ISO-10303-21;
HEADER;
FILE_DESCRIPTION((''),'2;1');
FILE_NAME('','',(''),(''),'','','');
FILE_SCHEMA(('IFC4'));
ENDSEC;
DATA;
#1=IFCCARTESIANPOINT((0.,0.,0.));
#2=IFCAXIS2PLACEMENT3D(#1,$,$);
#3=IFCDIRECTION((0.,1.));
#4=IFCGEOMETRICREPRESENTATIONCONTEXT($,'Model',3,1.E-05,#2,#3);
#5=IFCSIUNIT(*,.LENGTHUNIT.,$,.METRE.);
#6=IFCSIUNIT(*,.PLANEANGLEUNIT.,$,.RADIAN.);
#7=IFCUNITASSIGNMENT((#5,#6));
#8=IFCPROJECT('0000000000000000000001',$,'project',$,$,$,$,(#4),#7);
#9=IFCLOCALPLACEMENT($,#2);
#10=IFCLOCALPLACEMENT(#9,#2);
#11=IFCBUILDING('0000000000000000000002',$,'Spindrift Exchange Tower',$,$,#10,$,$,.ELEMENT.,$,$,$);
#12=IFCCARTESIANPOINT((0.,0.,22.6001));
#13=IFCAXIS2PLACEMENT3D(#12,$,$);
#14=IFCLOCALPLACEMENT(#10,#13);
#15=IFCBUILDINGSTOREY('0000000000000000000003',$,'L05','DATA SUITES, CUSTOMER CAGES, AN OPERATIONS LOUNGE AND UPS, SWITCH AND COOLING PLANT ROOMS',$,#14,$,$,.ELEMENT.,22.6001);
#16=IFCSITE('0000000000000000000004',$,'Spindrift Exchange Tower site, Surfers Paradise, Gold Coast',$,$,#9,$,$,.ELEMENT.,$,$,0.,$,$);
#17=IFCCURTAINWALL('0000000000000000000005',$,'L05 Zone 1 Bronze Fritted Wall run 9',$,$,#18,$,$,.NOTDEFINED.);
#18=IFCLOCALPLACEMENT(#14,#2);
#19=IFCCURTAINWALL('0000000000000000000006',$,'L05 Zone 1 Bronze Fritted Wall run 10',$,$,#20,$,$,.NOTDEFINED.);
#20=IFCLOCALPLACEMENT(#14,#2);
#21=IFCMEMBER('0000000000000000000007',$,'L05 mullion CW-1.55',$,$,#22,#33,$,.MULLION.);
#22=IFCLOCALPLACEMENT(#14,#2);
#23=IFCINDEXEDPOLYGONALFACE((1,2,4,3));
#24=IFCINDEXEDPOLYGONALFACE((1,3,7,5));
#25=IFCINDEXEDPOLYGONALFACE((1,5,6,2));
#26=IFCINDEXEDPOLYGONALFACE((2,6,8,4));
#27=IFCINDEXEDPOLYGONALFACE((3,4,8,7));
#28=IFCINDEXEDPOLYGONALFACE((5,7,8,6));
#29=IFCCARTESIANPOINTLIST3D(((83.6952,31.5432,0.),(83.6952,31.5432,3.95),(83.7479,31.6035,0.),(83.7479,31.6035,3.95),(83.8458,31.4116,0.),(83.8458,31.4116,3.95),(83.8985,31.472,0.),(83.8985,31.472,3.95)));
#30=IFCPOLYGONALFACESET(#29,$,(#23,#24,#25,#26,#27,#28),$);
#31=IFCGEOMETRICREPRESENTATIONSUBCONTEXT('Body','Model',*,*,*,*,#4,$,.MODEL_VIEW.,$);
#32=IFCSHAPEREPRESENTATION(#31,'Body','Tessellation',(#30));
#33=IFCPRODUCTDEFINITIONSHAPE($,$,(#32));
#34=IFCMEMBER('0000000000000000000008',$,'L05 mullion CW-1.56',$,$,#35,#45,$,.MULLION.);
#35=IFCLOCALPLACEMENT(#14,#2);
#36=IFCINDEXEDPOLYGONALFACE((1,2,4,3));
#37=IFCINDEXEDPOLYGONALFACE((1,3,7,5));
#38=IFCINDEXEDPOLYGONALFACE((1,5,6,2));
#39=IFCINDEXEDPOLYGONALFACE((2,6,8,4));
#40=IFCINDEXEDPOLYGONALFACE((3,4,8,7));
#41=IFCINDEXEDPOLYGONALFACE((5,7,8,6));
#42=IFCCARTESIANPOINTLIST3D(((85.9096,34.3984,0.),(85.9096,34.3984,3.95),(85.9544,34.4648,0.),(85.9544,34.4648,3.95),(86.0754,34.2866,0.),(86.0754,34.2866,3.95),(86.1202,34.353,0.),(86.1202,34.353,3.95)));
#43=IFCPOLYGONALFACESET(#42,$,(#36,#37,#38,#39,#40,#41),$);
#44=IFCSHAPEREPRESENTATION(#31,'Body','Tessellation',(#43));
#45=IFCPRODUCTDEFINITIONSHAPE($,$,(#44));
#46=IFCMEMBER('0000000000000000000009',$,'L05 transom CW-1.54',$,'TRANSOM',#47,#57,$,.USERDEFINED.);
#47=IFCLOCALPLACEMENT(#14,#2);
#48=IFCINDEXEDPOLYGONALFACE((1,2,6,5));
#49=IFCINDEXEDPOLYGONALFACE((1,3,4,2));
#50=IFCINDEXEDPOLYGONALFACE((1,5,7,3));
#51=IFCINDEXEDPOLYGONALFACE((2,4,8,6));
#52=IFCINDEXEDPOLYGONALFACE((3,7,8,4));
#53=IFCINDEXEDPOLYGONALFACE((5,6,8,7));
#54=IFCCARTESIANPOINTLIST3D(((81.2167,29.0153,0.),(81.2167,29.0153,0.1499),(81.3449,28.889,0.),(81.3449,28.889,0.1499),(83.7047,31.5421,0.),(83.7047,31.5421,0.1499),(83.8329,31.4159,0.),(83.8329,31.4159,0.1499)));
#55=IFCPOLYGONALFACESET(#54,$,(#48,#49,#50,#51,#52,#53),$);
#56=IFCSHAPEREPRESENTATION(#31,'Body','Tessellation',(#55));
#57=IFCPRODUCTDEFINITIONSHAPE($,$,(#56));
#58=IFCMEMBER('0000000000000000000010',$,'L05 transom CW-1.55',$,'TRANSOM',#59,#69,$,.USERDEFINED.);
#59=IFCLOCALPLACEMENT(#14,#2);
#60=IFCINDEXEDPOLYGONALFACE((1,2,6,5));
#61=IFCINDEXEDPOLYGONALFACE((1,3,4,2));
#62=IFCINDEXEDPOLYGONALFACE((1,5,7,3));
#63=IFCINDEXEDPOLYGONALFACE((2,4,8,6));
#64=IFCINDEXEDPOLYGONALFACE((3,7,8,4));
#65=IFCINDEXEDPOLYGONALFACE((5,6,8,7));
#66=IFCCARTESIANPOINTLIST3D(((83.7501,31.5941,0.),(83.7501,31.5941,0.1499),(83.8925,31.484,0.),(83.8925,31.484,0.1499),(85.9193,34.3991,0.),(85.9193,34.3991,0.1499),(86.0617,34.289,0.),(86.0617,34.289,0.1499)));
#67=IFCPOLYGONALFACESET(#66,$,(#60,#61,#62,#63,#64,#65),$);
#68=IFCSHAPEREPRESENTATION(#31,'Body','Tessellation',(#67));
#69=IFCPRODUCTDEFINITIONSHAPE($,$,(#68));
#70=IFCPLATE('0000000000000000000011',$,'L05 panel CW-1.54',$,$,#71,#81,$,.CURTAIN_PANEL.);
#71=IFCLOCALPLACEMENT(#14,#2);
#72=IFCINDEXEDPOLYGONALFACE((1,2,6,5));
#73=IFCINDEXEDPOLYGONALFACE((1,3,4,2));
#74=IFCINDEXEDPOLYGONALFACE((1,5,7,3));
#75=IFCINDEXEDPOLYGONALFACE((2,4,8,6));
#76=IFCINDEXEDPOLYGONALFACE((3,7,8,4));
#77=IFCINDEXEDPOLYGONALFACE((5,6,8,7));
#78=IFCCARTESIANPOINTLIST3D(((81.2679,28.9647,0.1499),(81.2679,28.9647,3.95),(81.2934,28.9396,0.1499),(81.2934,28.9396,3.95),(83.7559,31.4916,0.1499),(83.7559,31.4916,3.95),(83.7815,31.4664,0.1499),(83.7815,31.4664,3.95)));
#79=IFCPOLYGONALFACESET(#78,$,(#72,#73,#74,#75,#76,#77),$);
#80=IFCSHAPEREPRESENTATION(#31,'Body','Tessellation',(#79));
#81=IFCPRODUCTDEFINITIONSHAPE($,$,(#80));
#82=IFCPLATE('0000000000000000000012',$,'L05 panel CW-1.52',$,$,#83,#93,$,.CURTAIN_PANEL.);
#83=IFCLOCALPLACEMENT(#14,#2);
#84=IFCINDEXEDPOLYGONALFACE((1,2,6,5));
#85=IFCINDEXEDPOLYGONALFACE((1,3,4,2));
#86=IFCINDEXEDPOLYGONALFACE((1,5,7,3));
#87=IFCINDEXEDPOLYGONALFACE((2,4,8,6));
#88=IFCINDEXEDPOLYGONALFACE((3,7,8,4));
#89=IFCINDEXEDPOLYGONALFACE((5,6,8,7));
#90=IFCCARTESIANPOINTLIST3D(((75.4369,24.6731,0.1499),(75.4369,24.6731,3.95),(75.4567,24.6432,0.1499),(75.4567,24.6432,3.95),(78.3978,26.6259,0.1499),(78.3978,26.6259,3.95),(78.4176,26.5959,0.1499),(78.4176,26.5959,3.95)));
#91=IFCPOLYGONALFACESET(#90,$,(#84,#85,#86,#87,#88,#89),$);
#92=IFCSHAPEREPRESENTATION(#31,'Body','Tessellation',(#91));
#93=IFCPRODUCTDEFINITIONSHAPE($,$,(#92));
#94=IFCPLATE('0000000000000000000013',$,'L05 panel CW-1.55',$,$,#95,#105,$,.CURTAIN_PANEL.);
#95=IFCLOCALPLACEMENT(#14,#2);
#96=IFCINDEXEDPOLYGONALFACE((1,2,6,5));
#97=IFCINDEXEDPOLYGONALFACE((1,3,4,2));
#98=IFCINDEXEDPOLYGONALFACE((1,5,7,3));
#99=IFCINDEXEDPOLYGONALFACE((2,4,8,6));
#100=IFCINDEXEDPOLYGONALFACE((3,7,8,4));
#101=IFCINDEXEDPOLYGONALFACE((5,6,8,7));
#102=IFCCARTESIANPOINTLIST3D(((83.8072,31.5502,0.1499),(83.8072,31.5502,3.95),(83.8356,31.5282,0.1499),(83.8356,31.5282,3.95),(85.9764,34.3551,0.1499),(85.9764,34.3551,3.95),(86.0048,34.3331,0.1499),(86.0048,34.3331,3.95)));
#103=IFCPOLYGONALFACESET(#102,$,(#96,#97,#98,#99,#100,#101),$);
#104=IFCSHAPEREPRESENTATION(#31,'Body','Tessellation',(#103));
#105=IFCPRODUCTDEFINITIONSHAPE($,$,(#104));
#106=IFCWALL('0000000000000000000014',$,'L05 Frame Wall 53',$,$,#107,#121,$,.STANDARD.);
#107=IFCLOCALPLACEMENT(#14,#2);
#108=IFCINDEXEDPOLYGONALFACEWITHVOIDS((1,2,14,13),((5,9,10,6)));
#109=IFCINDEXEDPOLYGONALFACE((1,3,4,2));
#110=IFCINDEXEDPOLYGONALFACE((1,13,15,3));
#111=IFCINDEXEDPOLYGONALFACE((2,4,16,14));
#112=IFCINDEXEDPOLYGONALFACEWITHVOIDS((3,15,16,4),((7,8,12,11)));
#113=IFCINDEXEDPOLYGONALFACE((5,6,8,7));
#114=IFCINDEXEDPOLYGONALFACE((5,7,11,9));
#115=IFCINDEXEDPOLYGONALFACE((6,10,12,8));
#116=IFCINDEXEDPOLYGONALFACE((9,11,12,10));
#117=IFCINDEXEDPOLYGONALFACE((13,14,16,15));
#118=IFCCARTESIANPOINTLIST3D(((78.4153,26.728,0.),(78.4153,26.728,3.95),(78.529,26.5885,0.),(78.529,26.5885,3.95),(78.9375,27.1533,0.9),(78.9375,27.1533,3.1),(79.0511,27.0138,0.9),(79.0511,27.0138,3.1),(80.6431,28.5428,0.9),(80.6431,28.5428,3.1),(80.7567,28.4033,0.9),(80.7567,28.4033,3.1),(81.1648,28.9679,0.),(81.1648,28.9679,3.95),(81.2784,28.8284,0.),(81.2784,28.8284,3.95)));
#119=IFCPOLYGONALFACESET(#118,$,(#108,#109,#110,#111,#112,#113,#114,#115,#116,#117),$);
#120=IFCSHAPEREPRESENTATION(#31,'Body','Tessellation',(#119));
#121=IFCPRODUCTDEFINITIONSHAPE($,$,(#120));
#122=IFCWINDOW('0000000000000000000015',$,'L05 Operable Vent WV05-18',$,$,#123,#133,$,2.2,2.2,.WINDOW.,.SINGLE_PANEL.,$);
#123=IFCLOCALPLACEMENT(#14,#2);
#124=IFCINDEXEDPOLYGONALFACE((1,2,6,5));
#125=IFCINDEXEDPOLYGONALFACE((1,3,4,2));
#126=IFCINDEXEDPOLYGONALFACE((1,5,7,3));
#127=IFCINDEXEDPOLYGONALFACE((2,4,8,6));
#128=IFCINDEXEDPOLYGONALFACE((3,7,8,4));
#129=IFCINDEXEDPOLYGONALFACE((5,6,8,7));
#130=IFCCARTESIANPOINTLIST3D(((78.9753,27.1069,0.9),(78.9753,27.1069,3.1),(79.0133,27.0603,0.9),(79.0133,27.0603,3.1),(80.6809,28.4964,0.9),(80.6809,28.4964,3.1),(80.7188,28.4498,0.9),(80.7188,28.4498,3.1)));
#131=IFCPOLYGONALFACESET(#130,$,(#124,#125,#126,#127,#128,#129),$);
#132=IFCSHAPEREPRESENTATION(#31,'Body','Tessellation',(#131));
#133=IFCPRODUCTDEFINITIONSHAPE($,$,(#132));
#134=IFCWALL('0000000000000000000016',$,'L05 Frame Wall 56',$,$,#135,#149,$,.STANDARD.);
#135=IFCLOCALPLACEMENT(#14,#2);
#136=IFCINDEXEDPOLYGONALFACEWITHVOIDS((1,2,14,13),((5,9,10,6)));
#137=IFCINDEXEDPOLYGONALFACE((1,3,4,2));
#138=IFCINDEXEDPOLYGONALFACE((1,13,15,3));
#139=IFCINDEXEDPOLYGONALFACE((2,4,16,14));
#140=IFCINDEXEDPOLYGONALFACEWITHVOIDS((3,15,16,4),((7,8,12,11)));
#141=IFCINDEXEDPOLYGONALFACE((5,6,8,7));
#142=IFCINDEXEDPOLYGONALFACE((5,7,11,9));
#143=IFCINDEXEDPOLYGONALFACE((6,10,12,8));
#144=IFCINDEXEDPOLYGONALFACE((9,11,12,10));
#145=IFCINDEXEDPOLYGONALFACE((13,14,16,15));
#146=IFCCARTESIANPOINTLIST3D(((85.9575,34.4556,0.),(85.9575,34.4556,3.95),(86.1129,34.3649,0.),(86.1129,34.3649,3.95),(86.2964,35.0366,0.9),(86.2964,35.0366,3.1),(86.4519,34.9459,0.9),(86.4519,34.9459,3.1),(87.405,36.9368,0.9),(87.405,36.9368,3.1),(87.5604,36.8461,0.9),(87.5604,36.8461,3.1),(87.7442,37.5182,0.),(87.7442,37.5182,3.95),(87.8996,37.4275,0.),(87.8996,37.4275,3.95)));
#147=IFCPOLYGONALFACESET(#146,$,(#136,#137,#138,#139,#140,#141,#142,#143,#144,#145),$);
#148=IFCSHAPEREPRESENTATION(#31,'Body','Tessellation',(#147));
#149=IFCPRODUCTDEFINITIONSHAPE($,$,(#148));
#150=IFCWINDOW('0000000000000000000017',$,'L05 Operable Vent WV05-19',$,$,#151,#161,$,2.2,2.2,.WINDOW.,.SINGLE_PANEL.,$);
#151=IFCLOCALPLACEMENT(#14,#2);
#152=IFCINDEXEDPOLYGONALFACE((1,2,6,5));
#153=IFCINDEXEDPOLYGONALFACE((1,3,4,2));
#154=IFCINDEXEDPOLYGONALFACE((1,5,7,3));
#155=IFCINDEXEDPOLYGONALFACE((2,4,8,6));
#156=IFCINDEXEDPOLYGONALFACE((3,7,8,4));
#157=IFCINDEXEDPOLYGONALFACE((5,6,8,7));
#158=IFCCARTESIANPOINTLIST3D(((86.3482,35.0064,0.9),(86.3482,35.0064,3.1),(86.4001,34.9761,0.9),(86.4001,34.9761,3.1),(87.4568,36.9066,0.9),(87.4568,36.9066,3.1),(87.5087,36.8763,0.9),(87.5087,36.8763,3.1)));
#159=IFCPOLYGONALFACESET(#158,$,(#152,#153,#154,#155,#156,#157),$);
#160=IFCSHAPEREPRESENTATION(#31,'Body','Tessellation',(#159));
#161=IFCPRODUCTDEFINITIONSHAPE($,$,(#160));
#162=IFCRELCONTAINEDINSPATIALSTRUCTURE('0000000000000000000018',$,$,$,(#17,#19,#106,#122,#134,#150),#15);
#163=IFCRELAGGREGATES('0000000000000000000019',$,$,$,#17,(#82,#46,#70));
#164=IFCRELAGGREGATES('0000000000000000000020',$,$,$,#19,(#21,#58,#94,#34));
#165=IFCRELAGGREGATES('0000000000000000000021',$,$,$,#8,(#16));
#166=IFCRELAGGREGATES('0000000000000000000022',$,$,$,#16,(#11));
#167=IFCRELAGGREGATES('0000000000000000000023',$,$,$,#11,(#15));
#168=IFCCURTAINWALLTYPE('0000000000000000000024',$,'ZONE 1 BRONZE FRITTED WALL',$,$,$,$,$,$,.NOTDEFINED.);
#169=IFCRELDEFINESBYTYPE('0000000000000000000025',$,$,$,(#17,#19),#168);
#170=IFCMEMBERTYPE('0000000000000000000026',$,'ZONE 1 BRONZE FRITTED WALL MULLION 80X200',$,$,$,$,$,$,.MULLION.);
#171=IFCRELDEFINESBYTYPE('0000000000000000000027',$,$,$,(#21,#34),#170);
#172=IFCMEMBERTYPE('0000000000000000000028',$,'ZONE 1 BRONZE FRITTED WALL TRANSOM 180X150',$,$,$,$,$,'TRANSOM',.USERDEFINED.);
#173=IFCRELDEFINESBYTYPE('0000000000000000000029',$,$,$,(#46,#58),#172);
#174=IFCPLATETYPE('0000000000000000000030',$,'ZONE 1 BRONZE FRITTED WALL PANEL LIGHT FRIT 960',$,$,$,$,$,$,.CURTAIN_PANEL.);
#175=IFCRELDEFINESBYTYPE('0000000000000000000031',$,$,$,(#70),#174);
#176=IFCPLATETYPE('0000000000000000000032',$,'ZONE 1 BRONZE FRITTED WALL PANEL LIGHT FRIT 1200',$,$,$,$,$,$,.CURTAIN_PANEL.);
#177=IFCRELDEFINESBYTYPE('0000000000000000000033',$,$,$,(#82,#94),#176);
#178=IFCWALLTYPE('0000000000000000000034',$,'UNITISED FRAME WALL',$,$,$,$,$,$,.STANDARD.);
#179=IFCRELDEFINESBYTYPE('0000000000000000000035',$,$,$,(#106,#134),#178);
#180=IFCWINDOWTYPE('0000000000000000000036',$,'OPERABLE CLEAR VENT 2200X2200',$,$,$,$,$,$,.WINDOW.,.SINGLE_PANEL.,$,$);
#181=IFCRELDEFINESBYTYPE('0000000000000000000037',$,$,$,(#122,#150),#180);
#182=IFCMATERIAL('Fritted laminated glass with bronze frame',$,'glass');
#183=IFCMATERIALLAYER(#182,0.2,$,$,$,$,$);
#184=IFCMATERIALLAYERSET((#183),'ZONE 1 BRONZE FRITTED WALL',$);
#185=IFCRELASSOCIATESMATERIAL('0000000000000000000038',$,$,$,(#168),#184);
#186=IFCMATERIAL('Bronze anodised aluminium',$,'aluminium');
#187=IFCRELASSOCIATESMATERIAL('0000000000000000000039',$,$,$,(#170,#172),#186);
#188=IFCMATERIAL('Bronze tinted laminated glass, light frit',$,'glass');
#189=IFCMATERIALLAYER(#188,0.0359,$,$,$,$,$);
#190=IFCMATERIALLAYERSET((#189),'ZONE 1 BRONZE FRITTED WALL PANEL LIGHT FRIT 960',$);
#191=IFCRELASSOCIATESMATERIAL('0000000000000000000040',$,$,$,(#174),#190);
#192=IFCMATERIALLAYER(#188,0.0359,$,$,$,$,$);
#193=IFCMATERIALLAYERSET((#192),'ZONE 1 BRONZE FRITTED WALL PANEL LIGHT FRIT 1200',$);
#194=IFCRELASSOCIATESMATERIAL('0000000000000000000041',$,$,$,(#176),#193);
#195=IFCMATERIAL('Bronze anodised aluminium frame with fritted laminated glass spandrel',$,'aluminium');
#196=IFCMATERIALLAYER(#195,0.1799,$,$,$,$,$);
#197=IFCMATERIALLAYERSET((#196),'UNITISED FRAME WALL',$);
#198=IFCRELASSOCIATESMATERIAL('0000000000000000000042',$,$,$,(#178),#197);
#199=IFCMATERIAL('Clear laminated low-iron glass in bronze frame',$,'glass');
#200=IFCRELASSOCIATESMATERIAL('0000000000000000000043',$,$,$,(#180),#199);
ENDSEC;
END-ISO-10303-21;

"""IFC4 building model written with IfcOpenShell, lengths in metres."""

from ifc_helpers import new_model, si_unit, direction, frame, frame_2d, origin, origin_2d, place, context, subcontext, project, spatial, rectangle, extrude, source, transform, mapped, material, layer, layer_set, material_profile, profile_set, type_object, element, fill, aggregate, save


model = new_model("IFC4")

# Units and contexts
model_context = context("Model", 3, precision=1e-05, world=origin(), true_north=direction((0.0, 1.0)))
body_context = subcontext(model_context, "Body", "Model", "MODEL_VIEW")
ifc_project = project(units=[si_unit("LENGTHUNIT", "METRE"), si_unit("PLANEANGLEUNIT", "RADIAN")], contexts=[model_context])

# Site, building, storey
site_placement = place(None, origin())
site = spatial("IfcSite", under=ifc_project, at=site_placement, Name="Spindrift Exchange Tower site, Surfers Paradise, Gold Coast", CompositionType="ELEMENT", RefElevation=0.0)
building_placement = place(site_placement, origin())
building = spatial("IfcBuilding", under=site, at=building_placement, Name="Spindrift Exchange Tower", CompositionType="ELEMENT")
storey_placement = place(building_placement, frame((0.0, 0.0, 22.6001)))
storey = spatial("IfcBuildingStorey", under=building, at=storey_placement, Name="L05", Description="DATA SUITES, CUSTOMER CAGES, AN OPERATIONS LOUNGE AND UPS, SWITCH AND COOLING PLANT ROOMS", CompositionType="ELEMENT", Elevation=22.6001)

# Curtain walls, members
ifc_material_1 = material(Name="Fritted laminated glass with bronze frame", Category="glass")
ifc_layer_1 = layer(ifc_material_1, 0.2)
ifc_layer_set_1 = layer_set([ifc_layer_1], Name="ZONE 1 BRONZE FRITTED WALL")
curtain_wall_type = type_object("IfcCurtainWallType", Name="ZONE 1 BRONZE FRITTED WALL", PredefinedType="NOTDEFINED", material=ifc_layer_set_1)
curtain_wall_1_placement = place(storey_placement, origin())
curtain_wall_1 = element("IfcCurtainWall", 1, at=curtain_wall_1_placement, inside=storey, type_object=curtain_wall_type, Name="L05 Zone 1 Bronze Fritted Wall run 9", PredefinedType="NOTDEFINED")
ifc_material_2 = material(Name="Bronze anodised aluminium", Category="aluminium")
ifc_material_profile_1 = material_profile(ifc_material_2, rectangle(XDim=0.0801, YDim=0.2, at=origin_2d()), Name="ZONE 1 BRONZE FRITTED WALL MULLION 80X200")
ifc_profile_set_1 = profile_set([ifc_material_profile_1], Name="Bronze anodised aluminium")
member_type_1 = type_object("IfcMemberType", Name="ZONE 1 BRONZE FRITTED WALL MULLION 80X200", PredefinedType="MULLION", material=ifc_profile_set_1)
shared_shape_1 = source(origin(), body_context, "Body", "SweptSolid", [
    extrude(rectangle(XDim=0.0801, YDim=0.2, at=origin_2d()), origin(), (0.0, 0.0, 1.0), 3.95),
])
curtain_wall_2_placement = place(storey_placement, origin())
curtain_wall_2 = element("IfcCurtainWall", 2, at=curtain_wall_2_placement, inside=storey, type_object=curtain_wall_type, Name="L05 Zone 1 Bronze Fritted Wall run 10", PredefinedType="NOTDEFINED")
member_1_placement = place(storey_placement, frame((83.7969, 31.5076, 0.0), z_axis=(0.0, 0.0, 1.0), x_axis=(0.657862, 0.753139, 0.0)))
member_1 = element("IfcMember", 3, at=member_1_placement, type_object=member_type_1, Name="L05 mullion CW-1.55", PredefinedType="MULLION", context=body_context, shape_type="MappedRepresentation", body=[
    mapped(shared_shape_1, transform((0.0, 0.0, 0.0), scale=1.0)),
])
member_2_placement = place(storey_placement, frame((86.0149, 34.3757, 0.0), z_axis=(0.0, 0.0, 1.0), x_axis=(0.559039, 0.829141, 0.0)))
member_2 = element("IfcMember", 4, at=member_2_placement, type_object=member_type_1, Name="L05 mullion CW-1.56", PredefinedType="MULLION", context=body_context, shape_type="MappedRepresentation", body=[
    mapped(shared_shape_1, transform((0.0, 0.0, 0.0), scale=1.0)),
])

# Members
ifc_material_profile_2 = material_profile(ifc_material_2, rectangle(XDim=0.1799, YDim=0.1499, at=origin_2d()), Name="ZONE 1 BRONZE FRITTED WALL TRANSOM 180X150")
ifc_profile_set_2 = profile_set([ifc_material_profile_2], Name="Bronze anodised aluminium")
member_type_2 = type_object("IfcMemberType", Name="ZONE 1 BRONZE FRITTED WALL TRANSOM 180X150", ElementType="TRANSOM", PredefinedType="USERDEFINED", material=ifc_profile_set_2)
shared_shape_2 = source(origin(), body_context, "Body", "SweptSolid", [
    extrude(rectangle(XDim=0.1799, YDim=0.1499, at=origin_2d()), origin(), (0.0, 0.0, 1.0), 3.5461),
])
member_3_placement = place(storey_placement, frame((81.2808, 28.9521, 0.075), z_axis=(0.701612, 0.712559, 0.0), x_axis=(-0.712559, 0.701612, 0.0)))
member_3 = element("IfcMember", 5, at=member_3_placement, type_object=member_type_2, Name="L05 transom CW-1.54", ObjectType="TRANSOM", PredefinedType="USERDEFINED", context=body_context, shape_type="MappedRepresentation", body=[
    mapped(shared_shape_2, transform((0.0, 0.0, 0.0), scale=1.0)),
])
shared_shape_3 = source(origin(), body_context, "Body", "SweptSolid", [
    extrude(rectangle(XDim=0.1799, YDim=0.1499, at=origin_2d()), origin(), (0.0, 0.0, 1.0), 3.5459),
])
member_4_placement = place(storey_placement, frame((83.8213, 31.5391, 0.075), z_axis=(0.611755, 0.791047, 0.0), x_axis=(-0.791047, 0.611755, 0.0)))
member_4 = element("IfcMember", 6, at=member_4_placement, type_object=member_type_2, Name="L05 transom CW-1.55", ObjectType="TRANSOM", PredefinedType="USERDEFINED", context=body_context, shape_type="MappedRepresentation", body=[
    mapped(shared_shape_3, transform((0.0, 0.0, 0.0), scale=1.0)),
])

# Plates
ifc_material_3 = material(Name="Bronze tinted laminated glass, light frit", Category="glass")
ifc_layer_2 = layer(ifc_material_3, 0.0359)
ifc_layer_set_2 = layer_set([ifc_layer_2], Name="ZONE 1 BRONZE FRITTED WALL PANEL LIGHT FRIT 960")
plate_type_1 = type_object("IfcPlateType", Name="ZONE 1 BRONZE FRITTED WALL PANEL LIGHT FRIT 960", PredefinedType="CURTAIN_PANEL", material=ifc_layer_set_2)
shared_shape_4 = source(origin(), body_context, "Body", "SweptSolid", [
    extrude(rectangle(XDim=3.5461, YDim=0.0359, at=origin_2d()), origin(), (0.0, 0.0, 1.0), 3.8),
])
plate_1_placement = place(storey_placement, frame((82.5247, 30.2156, 0.1499), z_axis=(0.0, 0.0, 1.0), x_axis=(0.701611, 0.71256, 0.0)))
plate_1 = element("IfcPlate", 7, at=plate_1_placement, type_object=plate_type_1, Name="L05 panel CW-1.54", PredefinedType="CURTAIN_PANEL", context=body_context, shape_type="MappedRepresentation", body=[
    mapped(shared_shape_4, transform((0.0, 0.0, 0.0), scale=1.0)),
])
ifc_layer_3 = layer(ifc_material_3, 0.0359)
ifc_layer_set_3 = layer_set([ifc_layer_3], Name="ZONE 1 BRONZE FRITTED WALL PANEL LIGHT FRIT 1200")
plate_type_2 = type_object("IfcPlateType", Name="ZONE 1 BRONZE FRITTED WALL PANEL LIGHT FRIT 1200", PredefinedType="CURTAIN_PANEL", material=ifc_layer_set_3)
shared_shape_5 = source(origin(), body_context, "Body", "SweptSolid", [
    extrude(rectangle(XDim=3.5469, YDim=0.0359, at=origin_2d()), origin(), (0.0, 0.0, 1.0), 3.8),
])
plate_2_placement = place(storey_placement, frame((76.9272, 25.6345, 0.1499), z_axis=(0.0, 0.0, 1.0), x_axis=(0.834797, 0.550558, 0.0)))
plate_2 = element("IfcPlate", 8, at=plate_2_placement, type_object=plate_type_2, Name="L05 panel CW-1.52", PredefinedType="CURTAIN_PANEL", context=body_context, shape_type="MappedRepresentation", body=[
    mapped(shared_shape_5, transform((0.0, 0.0, 0.0), scale=1.0)),
])
aggregate(curtain_wall_1, [plate_2, member_3, plate_1])
shared_shape_6 = source(origin(), body_context, "Body", "SweptSolid", [
    extrude(rectangle(XDim=3.5459, YDim=0.0359, at=origin_2d()), origin(), (0.0, 0.0, 1.0), 3.8),
])
plate_3_placement = place(storey_placement, frame((84.906, 32.9417, 0.1499), z_axis=(0.0, 0.0, 1.0), x_axis=(0.611769, 0.791037, 0.0)))
plate_3 = element("IfcPlate", 9, at=plate_3_placement, type_object=plate_type_2, Name="L05 panel CW-1.55", PredefinedType="CURTAIN_PANEL", context=body_context, shape_type="MappedRepresentation", body=[
    mapped(shared_shape_6, transform((0.0, 0.0, 0.0), scale=1.0)),
])
aggregate(curtain_wall_2, [member_1, member_4, plate_3, member_2])

# Walls, openings, windows
ifc_material_4 = material(Name="Bronze anodised aluminium frame with fritted laminated glass spandrel", Category="aluminium")
ifc_layer_4 = layer(ifc_material_4, 0.1799)
ifc_layer_set_4 = layer_set([ifc_layer_4], Name="UNITISED FRAME WALL")
wall_type_1 = type_object("IfcWallType", Name="UNITISED FRAME WALL", PredefinedType="STANDARD", material=ifc_layer_set_4)
wall_1_placement = place(storey_placement, frame((78.4722, 26.6582, 0.0), z_axis=(0.0, 0.0, 1.0), x_axis=(0.775284, 0.631613, 0.0)))
wall_1 = element("IfcWall", 10, at=wall_1_placement, inside=storey, type_object=wall_type_1, Name="L05 Frame Wall 53", PredefinedType="STANDARD", context=body_context, shape_type="SweptSolid", body=[
    extrude(rectangle(XDim=3.5464, YDim=0.1799, at=frame_2d((1.7732, 0.0))), origin(), (0.0, 0.0, 1.0), 3.95),
])
opening_1_placement = place(wall_1_placement, frame((0.6733, 0.0, 0.8999)))
opening_1 = element("IfcOpeningElement", 11, at=opening_1_placement, cuts=wall_1, PredefinedType="OPENING", context=body_context, shape_type="SweptSolid", body=[
    extrude(rectangle(XDim=2.2, YDim=2.2, at=frame_2d((1.1001, 1.1001))), frame((0.0, 0.0999, 0.0), z_axis=(0.0, -1.0, 0.0), x_axis=(1.0, 0.0, 0.0)), (0.0, 0.0, 1.0), 0.2),
])
ifc_material_5 = material(Name="Clear laminated low-iron glass in bronze frame", Category="glass")
window_type = type_object("IfcWindowType", Name="OPERABLE CLEAR VENT 2200X2200", PartitioningType="SINGLE_PANEL", PredefinedType="WINDOW", material=ifc_material_5)
shared_shape_7 = source(origin(), body_context, "Body", "SweptSolid", [
    extrude(rectangle(XDim=2.2, YDim=2.2, at=frame_2d((1.1001, 1.1001))), frame((0.0, 0.03, 0.0), z_axis=(0.0, -1.0, 0.0), x_axis=(1.0, 0.0, 0.0)), (0.0, 0.0, 1.0), 0.0601),
])
window_1_placement = place(opening_1_placement, origin())
window_1 = element("IfcWindow", 12, at=window_1_placement, inside=storey, type_object=window_type, Name="L05 Operable Vent WV05-18", OverallHeight=2.2, OverallWidth=2.2, PartitioningType="SINGLE_PANEL", PredefinedType="WINDOW", context=body_context, shape_type="MappedRepresentation", body=[
    mapped(shared_shape_7, transform((0.0, 0.0, 0.0), scale=1.0)),
])
fill(opening_1, window_1)
wall_2_placement = place(storey_placement, frame((86.0352, 34.4102, 0.0), z_axis=(0.0, 0.0, 1.0), x_axis=(0.503905, 0.863759, 0.0)))
wall_2 = element("IfcWall", 13, at=wall_2_placement, inside=storey, type_object=wall_type_1, Name="L05 Frame Wall 56", PredefinedType="STANDARD", context=body_context, shape_type="SweptSolid", body=[
    extrude(rectangle(XDim=3.5457, YDim=0.1799, at=frame_2d((1.7729, 0.0))), origin(), (0.0, 0.0, 1.0), 3.95),
])
opening_2_placement = place(wall_2_placement, frame((0.6726, 0.0, 0.8999)))
opening_2 = element("IfcOpeningElement", 14, at=opening_2_placement, cuts=wall_2, PredefinedType="OPENING", context=body_context, shape_type="SweptSolid", body=[
    extrude(rectangle(XDim=2.2, YDim=2.2, at=frame_2d((1.1001, 1.1001))), frame((0.0, 0.0999, 0.0), z_axis=(0.0, -1.0, 0.0), x_axis=(1.0, 0.0, 0.0)), (0.0, 0.0, 1.0), 0.2),
])
window_2_placement = place(opening_2_placement, origin())
window_2 = element("IfcWindow", 15, at=window_2_placement, inside=storey, type_object=window_type, Name="L05 Operable Vent WV05-19", OverallHeight=2.2, OverallWidth=2.2, PartitioningType="SINGLE_PANEL", PredefinedType="WINDOW", context=body_context, shape_type="MappedRepresentation", body=[
    mapped(shared_shape_7, transform((0.0, 0.0, 0.0), scale=1.0)),
])
fill(opening_2, window_2)

save(model, "model.ifc")
